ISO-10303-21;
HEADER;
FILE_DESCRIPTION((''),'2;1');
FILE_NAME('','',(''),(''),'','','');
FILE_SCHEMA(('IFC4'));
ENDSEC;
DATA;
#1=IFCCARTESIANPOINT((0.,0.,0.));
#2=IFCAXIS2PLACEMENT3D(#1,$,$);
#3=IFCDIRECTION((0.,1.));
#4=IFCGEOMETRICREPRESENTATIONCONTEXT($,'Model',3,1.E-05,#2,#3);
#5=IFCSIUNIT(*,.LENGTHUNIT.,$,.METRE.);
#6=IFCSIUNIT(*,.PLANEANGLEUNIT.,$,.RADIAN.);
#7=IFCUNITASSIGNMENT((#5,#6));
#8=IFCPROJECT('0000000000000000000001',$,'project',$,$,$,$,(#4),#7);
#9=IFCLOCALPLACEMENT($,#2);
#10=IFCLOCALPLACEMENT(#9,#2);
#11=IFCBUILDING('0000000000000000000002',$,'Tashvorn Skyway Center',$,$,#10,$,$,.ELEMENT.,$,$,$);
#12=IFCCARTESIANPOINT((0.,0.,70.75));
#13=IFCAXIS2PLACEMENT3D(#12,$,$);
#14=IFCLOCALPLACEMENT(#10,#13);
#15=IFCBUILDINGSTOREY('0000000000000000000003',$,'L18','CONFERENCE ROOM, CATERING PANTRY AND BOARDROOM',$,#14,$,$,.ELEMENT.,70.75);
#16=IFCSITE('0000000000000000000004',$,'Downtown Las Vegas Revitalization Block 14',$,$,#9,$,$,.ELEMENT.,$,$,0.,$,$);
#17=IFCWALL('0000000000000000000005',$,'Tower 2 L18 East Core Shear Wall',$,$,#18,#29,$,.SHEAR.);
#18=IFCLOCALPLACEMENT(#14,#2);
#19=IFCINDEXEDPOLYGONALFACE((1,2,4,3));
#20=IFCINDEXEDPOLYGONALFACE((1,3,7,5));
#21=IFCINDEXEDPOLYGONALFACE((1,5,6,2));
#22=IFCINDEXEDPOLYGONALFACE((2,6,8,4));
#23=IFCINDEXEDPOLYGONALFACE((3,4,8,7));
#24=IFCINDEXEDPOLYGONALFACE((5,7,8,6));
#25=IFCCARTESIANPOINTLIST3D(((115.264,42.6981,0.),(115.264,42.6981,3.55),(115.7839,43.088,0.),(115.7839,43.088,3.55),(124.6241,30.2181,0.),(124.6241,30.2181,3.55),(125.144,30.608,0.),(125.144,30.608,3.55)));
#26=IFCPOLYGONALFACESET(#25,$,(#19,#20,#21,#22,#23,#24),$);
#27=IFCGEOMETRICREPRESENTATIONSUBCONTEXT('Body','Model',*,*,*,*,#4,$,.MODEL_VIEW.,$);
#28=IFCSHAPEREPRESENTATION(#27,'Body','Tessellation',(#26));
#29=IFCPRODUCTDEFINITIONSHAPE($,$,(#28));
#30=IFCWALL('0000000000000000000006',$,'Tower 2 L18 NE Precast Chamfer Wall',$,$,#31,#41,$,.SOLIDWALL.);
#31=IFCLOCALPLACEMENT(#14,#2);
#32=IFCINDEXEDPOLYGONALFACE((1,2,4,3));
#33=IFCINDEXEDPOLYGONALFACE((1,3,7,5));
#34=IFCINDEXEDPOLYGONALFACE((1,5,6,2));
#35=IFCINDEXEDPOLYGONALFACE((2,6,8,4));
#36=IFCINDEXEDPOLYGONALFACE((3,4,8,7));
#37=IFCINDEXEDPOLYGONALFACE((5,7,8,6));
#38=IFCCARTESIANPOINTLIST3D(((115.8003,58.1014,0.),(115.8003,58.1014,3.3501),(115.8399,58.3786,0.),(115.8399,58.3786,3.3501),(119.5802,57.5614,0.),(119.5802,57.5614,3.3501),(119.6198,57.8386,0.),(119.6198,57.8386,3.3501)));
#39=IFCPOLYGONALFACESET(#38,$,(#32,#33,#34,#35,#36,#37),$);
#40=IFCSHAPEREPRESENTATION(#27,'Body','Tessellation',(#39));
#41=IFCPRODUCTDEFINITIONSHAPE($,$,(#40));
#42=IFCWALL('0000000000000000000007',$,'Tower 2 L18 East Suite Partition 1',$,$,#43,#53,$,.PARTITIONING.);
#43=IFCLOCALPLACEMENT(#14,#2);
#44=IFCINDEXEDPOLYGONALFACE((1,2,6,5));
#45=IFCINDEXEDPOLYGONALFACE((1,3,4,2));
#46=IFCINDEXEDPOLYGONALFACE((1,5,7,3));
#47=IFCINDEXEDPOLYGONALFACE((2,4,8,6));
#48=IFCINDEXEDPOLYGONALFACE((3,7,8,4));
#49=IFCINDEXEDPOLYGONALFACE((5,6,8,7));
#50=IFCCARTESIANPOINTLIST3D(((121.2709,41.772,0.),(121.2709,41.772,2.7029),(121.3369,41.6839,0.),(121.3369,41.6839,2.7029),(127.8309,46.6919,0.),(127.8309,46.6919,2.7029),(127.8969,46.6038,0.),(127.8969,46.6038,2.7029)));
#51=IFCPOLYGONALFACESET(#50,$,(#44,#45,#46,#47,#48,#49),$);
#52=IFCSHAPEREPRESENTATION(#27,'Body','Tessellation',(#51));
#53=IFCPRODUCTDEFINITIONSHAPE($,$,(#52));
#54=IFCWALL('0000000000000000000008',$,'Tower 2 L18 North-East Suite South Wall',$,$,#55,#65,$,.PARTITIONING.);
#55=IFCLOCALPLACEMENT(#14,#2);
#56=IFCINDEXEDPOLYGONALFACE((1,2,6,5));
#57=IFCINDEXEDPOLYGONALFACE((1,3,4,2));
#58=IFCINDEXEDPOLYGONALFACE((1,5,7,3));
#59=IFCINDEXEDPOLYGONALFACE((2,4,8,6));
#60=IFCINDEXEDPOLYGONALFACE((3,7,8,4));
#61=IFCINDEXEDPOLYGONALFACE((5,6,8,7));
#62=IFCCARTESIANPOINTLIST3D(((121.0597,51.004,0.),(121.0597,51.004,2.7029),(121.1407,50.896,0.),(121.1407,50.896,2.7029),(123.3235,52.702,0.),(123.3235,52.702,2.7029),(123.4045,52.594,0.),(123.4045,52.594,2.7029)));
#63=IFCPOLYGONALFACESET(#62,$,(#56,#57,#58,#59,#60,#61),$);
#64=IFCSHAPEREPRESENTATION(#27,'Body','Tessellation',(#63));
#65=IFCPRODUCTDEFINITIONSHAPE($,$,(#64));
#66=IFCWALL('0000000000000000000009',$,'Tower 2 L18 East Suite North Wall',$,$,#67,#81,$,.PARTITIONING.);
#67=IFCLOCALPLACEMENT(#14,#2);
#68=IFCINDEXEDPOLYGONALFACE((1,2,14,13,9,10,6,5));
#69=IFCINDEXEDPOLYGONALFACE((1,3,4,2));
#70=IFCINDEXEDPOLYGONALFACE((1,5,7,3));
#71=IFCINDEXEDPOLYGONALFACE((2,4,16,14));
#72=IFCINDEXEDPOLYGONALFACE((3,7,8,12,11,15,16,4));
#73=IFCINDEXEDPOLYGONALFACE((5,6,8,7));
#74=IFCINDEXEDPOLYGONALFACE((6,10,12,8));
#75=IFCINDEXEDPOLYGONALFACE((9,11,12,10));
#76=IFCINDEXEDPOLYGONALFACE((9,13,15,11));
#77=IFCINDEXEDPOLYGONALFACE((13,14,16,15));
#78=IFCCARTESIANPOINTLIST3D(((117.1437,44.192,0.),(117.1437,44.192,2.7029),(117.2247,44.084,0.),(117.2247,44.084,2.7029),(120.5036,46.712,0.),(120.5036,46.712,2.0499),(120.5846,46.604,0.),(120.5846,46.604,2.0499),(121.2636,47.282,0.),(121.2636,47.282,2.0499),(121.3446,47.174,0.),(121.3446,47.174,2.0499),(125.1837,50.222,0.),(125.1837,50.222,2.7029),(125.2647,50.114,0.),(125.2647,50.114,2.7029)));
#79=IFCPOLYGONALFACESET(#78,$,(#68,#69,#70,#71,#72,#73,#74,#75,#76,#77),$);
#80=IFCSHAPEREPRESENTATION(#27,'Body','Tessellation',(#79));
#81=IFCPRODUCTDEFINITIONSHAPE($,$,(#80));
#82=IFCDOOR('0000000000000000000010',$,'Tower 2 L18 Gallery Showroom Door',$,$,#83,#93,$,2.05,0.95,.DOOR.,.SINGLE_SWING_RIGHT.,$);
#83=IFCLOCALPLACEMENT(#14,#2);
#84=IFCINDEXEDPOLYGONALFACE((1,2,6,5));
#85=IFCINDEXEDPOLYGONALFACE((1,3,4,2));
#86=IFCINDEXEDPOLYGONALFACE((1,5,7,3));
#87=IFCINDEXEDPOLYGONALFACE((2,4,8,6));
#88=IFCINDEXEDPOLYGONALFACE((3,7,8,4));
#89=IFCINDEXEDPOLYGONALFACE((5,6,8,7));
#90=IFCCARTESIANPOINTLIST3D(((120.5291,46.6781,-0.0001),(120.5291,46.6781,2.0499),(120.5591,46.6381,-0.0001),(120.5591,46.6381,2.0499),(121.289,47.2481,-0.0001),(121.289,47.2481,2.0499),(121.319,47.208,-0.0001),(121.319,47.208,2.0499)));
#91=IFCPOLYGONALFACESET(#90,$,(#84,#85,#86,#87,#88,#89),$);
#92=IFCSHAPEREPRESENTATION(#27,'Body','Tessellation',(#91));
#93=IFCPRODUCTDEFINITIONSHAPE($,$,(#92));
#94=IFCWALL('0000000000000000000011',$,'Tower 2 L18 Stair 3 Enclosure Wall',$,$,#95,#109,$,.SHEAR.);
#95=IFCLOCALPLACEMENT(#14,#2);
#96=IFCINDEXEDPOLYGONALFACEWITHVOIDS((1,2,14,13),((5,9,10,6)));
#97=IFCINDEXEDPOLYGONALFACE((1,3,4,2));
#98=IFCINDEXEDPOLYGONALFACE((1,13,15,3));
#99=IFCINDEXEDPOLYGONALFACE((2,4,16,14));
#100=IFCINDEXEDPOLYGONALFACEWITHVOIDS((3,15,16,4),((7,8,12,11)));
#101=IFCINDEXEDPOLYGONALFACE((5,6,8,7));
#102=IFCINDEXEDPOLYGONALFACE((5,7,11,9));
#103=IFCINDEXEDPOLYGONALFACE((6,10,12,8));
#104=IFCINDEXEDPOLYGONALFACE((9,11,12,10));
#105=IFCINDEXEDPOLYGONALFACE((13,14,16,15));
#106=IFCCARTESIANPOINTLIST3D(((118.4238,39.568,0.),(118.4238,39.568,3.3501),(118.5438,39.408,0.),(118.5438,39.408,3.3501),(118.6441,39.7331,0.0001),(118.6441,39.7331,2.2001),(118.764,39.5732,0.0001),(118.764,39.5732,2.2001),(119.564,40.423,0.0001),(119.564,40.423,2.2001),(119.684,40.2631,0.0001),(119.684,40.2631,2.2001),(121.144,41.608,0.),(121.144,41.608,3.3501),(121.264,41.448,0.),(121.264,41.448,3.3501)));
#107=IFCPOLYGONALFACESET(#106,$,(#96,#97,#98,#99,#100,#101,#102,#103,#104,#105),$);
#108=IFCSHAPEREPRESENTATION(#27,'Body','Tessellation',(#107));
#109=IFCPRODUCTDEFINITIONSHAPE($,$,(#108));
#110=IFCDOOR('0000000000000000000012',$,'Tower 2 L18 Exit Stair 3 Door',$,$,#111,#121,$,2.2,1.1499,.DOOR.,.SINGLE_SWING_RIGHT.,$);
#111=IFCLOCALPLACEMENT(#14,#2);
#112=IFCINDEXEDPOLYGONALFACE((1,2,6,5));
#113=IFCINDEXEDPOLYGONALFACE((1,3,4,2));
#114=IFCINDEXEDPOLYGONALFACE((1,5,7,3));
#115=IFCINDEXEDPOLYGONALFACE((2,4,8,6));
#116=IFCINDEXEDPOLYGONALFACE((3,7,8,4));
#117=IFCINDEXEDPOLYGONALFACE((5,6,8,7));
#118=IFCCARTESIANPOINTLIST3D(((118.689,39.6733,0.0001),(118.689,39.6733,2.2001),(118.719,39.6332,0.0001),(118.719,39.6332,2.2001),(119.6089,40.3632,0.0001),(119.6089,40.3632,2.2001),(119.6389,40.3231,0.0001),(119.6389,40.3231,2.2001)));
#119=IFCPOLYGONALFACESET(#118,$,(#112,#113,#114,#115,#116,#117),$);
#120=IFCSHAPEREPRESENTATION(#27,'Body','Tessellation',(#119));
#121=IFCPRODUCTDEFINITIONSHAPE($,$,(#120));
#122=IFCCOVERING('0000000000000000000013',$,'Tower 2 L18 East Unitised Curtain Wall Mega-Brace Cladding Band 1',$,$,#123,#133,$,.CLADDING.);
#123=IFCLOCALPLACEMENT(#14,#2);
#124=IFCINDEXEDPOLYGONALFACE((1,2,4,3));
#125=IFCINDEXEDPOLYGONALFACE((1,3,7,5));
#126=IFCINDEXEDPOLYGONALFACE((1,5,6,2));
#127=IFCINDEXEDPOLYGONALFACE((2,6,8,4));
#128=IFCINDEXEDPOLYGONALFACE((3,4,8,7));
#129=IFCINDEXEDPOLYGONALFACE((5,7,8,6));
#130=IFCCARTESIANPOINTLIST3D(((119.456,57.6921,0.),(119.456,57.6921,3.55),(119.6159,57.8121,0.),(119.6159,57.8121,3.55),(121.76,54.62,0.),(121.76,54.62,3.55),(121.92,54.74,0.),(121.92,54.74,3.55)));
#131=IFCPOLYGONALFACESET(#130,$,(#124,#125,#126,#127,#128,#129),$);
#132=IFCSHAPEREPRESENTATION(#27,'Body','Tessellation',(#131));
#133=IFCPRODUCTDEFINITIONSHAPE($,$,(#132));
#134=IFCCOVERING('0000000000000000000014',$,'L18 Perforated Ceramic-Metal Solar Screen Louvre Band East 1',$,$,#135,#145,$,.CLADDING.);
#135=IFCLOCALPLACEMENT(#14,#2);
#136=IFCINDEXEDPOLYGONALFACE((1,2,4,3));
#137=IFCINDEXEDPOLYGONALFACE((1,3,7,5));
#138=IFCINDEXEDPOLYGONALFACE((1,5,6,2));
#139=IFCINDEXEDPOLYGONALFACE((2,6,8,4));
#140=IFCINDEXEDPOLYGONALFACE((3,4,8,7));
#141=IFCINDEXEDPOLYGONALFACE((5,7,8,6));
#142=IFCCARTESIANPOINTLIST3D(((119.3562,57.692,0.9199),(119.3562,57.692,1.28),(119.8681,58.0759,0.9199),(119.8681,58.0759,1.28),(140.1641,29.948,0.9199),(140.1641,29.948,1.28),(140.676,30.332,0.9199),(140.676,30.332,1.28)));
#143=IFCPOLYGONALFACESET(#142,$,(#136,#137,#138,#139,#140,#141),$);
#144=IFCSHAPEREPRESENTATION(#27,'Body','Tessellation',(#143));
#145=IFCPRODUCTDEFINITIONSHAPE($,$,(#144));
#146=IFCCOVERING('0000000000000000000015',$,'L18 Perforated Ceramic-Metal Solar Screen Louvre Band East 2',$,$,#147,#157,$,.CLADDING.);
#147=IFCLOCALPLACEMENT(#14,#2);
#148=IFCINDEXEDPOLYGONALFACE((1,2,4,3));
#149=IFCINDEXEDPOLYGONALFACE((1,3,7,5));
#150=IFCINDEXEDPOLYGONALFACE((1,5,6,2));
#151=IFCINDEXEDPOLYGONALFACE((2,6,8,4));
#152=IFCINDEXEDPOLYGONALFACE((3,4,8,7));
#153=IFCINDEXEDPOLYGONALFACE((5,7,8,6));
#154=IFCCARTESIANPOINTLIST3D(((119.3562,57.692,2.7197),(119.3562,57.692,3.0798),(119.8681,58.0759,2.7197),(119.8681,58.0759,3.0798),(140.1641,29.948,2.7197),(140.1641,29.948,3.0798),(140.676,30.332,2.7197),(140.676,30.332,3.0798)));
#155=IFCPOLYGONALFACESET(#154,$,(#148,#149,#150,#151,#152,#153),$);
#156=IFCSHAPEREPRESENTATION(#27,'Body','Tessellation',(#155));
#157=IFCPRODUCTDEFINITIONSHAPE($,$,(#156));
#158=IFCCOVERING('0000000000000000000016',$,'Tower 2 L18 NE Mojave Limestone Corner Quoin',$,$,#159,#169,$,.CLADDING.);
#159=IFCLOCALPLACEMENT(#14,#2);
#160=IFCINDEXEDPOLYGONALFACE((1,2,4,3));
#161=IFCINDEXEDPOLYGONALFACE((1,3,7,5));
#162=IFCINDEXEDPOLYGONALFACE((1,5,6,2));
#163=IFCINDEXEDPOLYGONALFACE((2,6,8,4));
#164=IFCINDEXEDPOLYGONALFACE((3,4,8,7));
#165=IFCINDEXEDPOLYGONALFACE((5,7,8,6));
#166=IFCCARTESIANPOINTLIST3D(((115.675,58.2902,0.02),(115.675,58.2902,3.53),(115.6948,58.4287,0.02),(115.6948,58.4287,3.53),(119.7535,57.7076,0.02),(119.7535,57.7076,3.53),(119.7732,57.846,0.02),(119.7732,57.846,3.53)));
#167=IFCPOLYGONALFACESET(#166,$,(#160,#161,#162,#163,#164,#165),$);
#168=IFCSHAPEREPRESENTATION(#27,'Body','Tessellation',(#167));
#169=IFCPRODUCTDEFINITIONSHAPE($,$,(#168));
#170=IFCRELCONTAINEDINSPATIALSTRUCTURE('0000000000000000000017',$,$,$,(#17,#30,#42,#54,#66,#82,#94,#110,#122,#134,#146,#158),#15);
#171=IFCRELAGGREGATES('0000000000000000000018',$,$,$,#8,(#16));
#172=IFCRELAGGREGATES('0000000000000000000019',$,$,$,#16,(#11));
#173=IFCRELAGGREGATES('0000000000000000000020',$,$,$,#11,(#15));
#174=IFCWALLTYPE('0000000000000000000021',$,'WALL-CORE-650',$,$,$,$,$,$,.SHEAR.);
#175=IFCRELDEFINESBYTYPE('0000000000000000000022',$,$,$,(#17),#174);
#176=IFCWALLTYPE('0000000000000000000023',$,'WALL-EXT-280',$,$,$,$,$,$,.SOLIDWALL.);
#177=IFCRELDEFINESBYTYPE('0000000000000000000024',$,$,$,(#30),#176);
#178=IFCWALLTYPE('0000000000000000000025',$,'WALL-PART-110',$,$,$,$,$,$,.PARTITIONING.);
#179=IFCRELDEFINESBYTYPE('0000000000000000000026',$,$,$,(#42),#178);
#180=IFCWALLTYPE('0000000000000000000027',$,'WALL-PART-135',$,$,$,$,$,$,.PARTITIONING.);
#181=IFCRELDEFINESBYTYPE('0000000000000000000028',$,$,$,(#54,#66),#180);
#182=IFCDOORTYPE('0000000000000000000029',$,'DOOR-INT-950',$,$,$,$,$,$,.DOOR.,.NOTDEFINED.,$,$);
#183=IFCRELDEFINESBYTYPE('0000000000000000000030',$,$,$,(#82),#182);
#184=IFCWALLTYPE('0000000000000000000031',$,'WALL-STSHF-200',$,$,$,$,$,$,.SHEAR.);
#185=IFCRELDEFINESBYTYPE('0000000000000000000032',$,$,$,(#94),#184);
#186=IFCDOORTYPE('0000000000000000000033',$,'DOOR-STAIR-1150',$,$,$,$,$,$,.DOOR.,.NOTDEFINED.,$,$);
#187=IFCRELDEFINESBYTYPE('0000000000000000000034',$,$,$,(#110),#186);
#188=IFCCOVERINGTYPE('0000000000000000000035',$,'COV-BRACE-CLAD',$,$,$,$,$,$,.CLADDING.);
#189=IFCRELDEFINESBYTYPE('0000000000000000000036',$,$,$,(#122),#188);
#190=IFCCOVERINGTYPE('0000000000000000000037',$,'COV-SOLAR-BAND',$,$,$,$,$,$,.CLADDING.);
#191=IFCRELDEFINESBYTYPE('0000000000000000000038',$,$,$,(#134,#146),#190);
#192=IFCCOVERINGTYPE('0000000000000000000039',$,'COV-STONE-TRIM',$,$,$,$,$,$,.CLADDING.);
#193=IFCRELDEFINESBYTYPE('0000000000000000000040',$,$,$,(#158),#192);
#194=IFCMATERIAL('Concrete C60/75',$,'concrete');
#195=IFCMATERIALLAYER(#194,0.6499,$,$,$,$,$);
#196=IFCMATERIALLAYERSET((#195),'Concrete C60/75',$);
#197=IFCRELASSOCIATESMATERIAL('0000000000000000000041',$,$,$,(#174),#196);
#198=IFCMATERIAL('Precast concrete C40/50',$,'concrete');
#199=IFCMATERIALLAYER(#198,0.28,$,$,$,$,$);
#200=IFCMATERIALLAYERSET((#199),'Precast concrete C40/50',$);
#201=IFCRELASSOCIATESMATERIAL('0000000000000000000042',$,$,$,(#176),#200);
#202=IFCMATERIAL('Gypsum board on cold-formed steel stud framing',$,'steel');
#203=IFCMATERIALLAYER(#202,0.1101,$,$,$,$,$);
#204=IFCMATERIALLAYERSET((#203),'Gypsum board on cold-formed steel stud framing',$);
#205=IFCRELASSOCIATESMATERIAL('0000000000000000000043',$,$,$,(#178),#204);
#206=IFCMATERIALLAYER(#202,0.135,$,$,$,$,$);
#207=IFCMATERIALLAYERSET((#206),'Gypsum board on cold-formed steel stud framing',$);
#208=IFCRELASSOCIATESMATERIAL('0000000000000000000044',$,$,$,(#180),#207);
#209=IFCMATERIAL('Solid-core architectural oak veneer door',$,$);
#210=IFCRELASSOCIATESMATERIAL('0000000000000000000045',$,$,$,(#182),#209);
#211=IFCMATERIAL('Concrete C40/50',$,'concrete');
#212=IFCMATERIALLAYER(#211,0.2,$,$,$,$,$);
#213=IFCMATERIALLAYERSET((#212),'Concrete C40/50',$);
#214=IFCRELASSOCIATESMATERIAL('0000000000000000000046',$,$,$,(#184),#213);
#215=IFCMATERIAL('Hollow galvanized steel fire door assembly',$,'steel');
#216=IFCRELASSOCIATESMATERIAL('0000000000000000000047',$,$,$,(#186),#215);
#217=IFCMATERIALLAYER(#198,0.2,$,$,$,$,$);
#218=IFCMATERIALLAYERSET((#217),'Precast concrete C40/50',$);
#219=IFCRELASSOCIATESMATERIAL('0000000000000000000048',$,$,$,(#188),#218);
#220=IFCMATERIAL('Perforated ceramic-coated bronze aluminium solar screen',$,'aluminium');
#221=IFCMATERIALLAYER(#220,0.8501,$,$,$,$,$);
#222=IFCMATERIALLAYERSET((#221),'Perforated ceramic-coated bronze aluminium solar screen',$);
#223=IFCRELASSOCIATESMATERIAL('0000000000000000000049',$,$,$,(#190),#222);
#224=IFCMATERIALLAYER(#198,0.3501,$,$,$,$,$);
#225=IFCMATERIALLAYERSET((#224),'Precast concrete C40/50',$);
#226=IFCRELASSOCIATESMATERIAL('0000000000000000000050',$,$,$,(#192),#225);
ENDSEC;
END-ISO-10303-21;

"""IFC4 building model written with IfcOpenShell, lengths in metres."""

from ifc_helpers import new_model, si_unit, direction, frame, frame_2d, origin, origin_2d, place, context, subcontext, project, spatial, rectangle, extrude, material, layer, layer_set, type_object, element, fill, save


model = new_model("IFC4")

# Units and contexts
model_context = context("Model", 3, precision=1e-05, world=origin(), true_north=direction((0.0, 1.0)))
body_context = subcontext(model_context, "Body", "Model", "MODEL_VIEW")
ifc_project = project(units=[si_unit("LENGTHUNIT", "METRE"), si_unit("PLANEANGLEUNIT", "RADIAN")], contexts=[model_context])

# Site, building, storey
site_placement = place(None, origin())
site = spatial("IfcSite", under=ifc_project, at=site_placement, Name="Downtown Las Vegas Revitalization Block 14", CompositionType="ELEMENT", RefElevation=0.0)
building_placement = place(site_placement, origin())
building = spatial("IfcBuilding", under=site, at=building_placement, Name="Tashvorn Skyway Center", CompositionType="ELEMENT")
storey_placement = place(building_placement, frame((0.0, 0.0, 70.75)))
storey = spatial("IfcBuildingStorey", under=building, at=storey_placement, Name="L18", Description="CONFERENCE ROOM, CATERING PANTRY AND BOARDROOM", CompositionType="ELEMENT", Elevation=70.75)

# Walls
ifc_material_1 = material(Name="Concrete C60/75", Category="concrete")
ifc_layer_1 = layer(ifc_material_1, 0.6499)
ifc_layer_set_1 = layer_set([ifc_layer_1], Name="Concrete C60/75")
wall_type_1 = type_object("IfcWallType", Name="WALL-CORE-650", PredefinedType="SHEAR", material=ifc_layer_set_1)
wall_1_placement = place(storey_placement, frame((115.5239, 42.8931, 0.0), z_axis=(0.0, 0.0, 1.0), x_axis=(0.600005, -0.799996, 0.0)))
element("IfcWall", 1, at=wall_1_placement, inside=storey, type_object=wall_type_1, Name="Tower 2 L18 East Core Shear Wall", PredefinedType="SHEAR", context=body_context, shape_type="SweptSolid", body=[
    extrude(rectangle(XDim=15.6001, YDim=0.6499, at=frame_2d((7.8, 0.0))), origin(), (0.0, 0.0, 1.0), 3.55),
])
ifc_material_2 = material(Name="Precast concrete C40/50", Category="concrete")
ifc_layer_2 = layer(ifc_material_2, 0.28)
ifc_layer_set_2 = layer_set([ifc_layer_2], Name="Precast concrete C40/50")
wall_type_2 = type_object("IfcWallType", Name="WALL-EXT-280", PredefinedType="SOLIDWALL", material=ifc_layer_set_2)
wall_2_placement = place(storey_placement, frame((115.8201, 58.24, 0.0), z_axis=(0.0, 0.0, 1.0), x_axis=(0.989948, -0.14143, 0.0)))
element("IfcWall", 2, at=wall_2_placement, inside=storey, type_object=wall_type_2, Name="Tower 2 L18 NE Precast Chamfer Wall", PredefinedType="SOLIDWALL", context=body_context, shape_type="SweptSolid", body=[
    extrude(rectangle(XDim=3.8184, YDim=0.28, at=frame_2d((1.9092, 0.0))), origin(), (0.0, 0.0, 1.0), 3.3501),
])
ifc_material_3 = material(Name="Gypsum board on cold-formed steel stud framing", Category="steel")
ifc_layer_3 = layer(ifc_material_3, 0.1101)
ifc_layer_set_3 = layer_set([ifc_layer_3], Name="Gypsum board on cold-formed steel stud framing")
wall_type_3 = type_object("IfcWallType", Name="WALL-PART-110", PredefinedType="PARTITIONING", material=ifc_layer_set_3)
wall_3_placement = place(storey_placement, frame((127.864, 46.6479, 0.0), z_axis=(0.0, 0.0, 1.0), x_axis=(-0.800007, -0.59999, 0.0)))
element("IfcWall", 3, at=wall_3_placement, inside=storey, type_object=wall_type_3, Name="Tower 2 L18 East Suite Partition 1", PredefinedType="PARTITIONING", context=body_context, shape_type="SweptSolid", body=[
    extrude(rectangle(XDim=8.2, YDim=0.1101, at=frame_2d((4.1001, 0.0))), origin(), (0.0, 0.0, 1.0), 2.7029),
])
ifc_layer_4 = layer(ifc_material_3, 0.135)
ifc_layer_set_4 = layer_set([ifc_layer_4], Name="Gypsum board on cold-formed steel stud framing")
wall_type_4 = type_object("IfcWallType", Name="WALL-PART-135", PredefinedType="PARTITIONING", material=ifc_layer_set_4)
wall_4_placement = place(storey_placement, frame((121.1001, 50.95, 0.0), z_axis=(0.0, 0.0, 1.0), x_axis=(0.79999, 0.600014, 0.0)))
element("IfcWall", 4, at=wall_4_placement, inside=storey, type_object=wall_type_4, Name="Tower 2 L18 North-East Suite South Wall", PredefinedType="PARTITIONING", context=body_context, shape_type="SweptSolid", body=[
    extrude(rectangle(XDim=2.8298, YDim=0.135, at=frame_2d((1.415, 0.0))), origin(), (0.0, 0.0, 1.0), 2.7029),
])

# Walls, openings, doors
wall_5_placement = place(storey_placement, frame((125.2241, 50.168, 0.0), z_axis=(0.0, 0.0, 1.0), x_axis=(-0.8, -0.6, 0.0)))
wall_5 = element("IfcWall", 5, at=wall_5_placement, inside=storey, type_object=wall_type_4, Name="Tower 2 L18 East Suite North Wall", PredefinedType="PARTITIONING", context=body_context, shape_type="SweptSolid", body=[
    extrude(rectangle(XDim=10.05, YDim=0.135, at=frame_2d((5.0249, 0.0))), origin(), (0.0, 0.0, 1.0), 2.7029),
])
opening_1_placement = place(wall_5_placement, frame((4.8999, 0.0, 0.0)))
opening_1 = element("IfcOpeningElement", 6, at=opening_1_placement, cuts=wall_5, PredefinedType="OPENING", context=body_context, shape_type="SweptSolid", body=[
    extrude(rectangle(XDim=0.95, YDim=2.05, at=frame_2d((0.4751, 1.0249))), frame((0.0, 0.0774, 0.0), z_axis=(0.0, -1.0, 0.0), x_axis=(1.0, 0.0, 0.0)), (0.0, 0.0, 1.0), 0.155),
])
ifc_material_4 = material(Name="Solid-core architectural oak veneer door")
door_type_1 = type_object("IfcDoorType", Name="DOOR-INT-950", OperationType="NOTDEFINED", PredefinedType="DOOR", material=ifc_material_4)
door_1_placement = place(opening_1_placement, origin())
door_1 = element("IfcDoor", 7, at=door_1_placement, inside=storey, type_object=door_type_1, Name="Tower 2 L18 Gallery Showroom Door", OperationType="SINGLE_SWING_RIGHT", OverallHeight=2.05, OverallWidth=0.95, PredefinedType="DOOR", context=body_context, shape_type="SweptSolid", body=[
    extrude(rectangle(XDim=0.95, YDim=2.05, at=frame_2d((0.4751, 1.0249))), frame((0.0, 0.0249, 0.0), z_axis=(0.0, -1.0, 0.0), x_axis=(1.0, 0.0, 0.0)), (0.0, 0.0, 1.0), 0.05),
])
fill(opening_1, door_1)
ifc_material_5 = material(Name="Concrete C40/50", Category="concrete")
ifc_layer_5 = layer(ifc_material_5, 0.2)
ifc_layer_set_5 = layer_set([ifc_layer_5], Name="Concrete C40/50")
wall_type_5 = type_object("IfcWallType", Name="WALL-STSHF-200", PredefinedType="SHEAR", material=ifc_layer_set_5)
wall_6_placement = place(storey_placement, frame((121.2041, 41.5281, 0.0), z_axis=(0.0, 0.0, 1.0), x_axis=(-0.800017, -0.599977, 0.0)))
wall_6 = element("IfcWall", 8, at=wall_6_placement, inside=storey, type_object=wall_type_5, Name="Tower 2 L18 Stair 3 Enclosure Wall", PredefinedType="SHEAR", context=body_context, shape_type="SweptSolid", body=[
    extrude(rectangle(XDim=3.4001, YDim=0.2, at=frame_2d((1.7002, 0.0))), origin(), (0.0, 0.0, 1.0), 3.3501),
])
opening_2_placement = place(wall_6_placement, frame((1.9751, 0.0, 0.0)))
opening_2 = element("IfcOpeningElement", 9, at=opening_2_placement, cuts=wall_6, PredefinedType="OPENING", context=body_context, shape_type="SweptSolid", body=[
    extrude(rectangle(XDim=1.1499, YDim=2.2, at=frame_2d((0.575, 1.1001))), frame((0.0, 0.1099, 0.0), z_axis=(0.0, -1.0, 0.0), x_axis=(1.0, 0.0, 0.0)), (0.0, 0.0, 1.0), 0.22),
])
ifc_material_6 = material(Name="Hollow galvanized steel fire door assembly", Category="steel")
door_type_2 = type_object("IfcDoorType", Name="DOOR-STAIR-1150", OperationType="NOTDEFINED", PredefinedType="DOOR", material=ifc_material_6)
door_2_placement = place(opening_2_placement, origin())
door_2 = element("IfcDoor", 10, at=door_2_placement, inside=storey, type_object=door_type_2, Name="Tower 2 L18 Exit Stair 3 Door", OperationType="SINGLE_SWING_RIGHT", OverallHeight=2.2, OverallWidth=1.1499, PredefinedType="DOOR", context=body_context, shape_type="SweptSolid", body=[
    extrude(rectangle(XDim=1.1499, YDim=2.2, at=frame_2d((0.575, 1.1001))), frame((0.0, 0.0249, 0.0), z_axis=(0.0, -1.0, 0.0), x_axis=(1.0, 0.0, 0.0)), (0.0, 0.0, 1.0), 0.05),
])
fill(opening_2, door_2)

# Coverings
ifc_layer_6 = layer(ifc_material_2, 0.2)
ifc_layer_set_6 = layer_set([ifc_layer_6], Name="Precast concrete C40/50")
covering_type_1 = type_object("IfcCoveringType", Name="COV-BRACE-CLAD", PredefinedType="CLADDING", material=ifc_layer_set_6)
covering_1_placement = place(storey_placement, frame((120.688, 56.2161, 0.0), z_axis=(0.0, 0.0, 1.0), x_axis=(0.6, -0.8, 0.0)))
element("IfcCovering", 11, at=covering_1_placement, inside=storey, type_object=covering_type_1, Name="Tower 2 L18 East Unitised Curtain Wall Mega-Brace Cladding Band 1", PredefinedType="CLADDING", context=body_context, shape_type="SweptSolid", body=[
    extrude(rectangle(XDim=3.8401, YDim=0.2, at=origin_2d()), origin(), (0.0, 0.0, 1.0), 3.55),
])
ifc_material_7 = material(Name="Perforated ceramic-coated bronze aluminium solar screen", Category="aluminium")
ifc_layer_7 = layer(ifc_material_7, 0.8501)
ifc_layer_set_7 = layer_set([ifc_layer_7], Name="Perforated ceramic-coated bronze aluminium solar screen")
covering_type_2 = type_object("IfcCoveringType", Name="COV-SOLAR-BAND", PredefinedType="CLADDING", material=ifc_layer_set_7)
for number, where, z_axis, x_axis, name in (
    (12, (130.0161, 44.012, 0.9199), (0.0, 0.0, 1.0), (0.6, -0.8, 0.0), "L18 Perforated Ceramic-Metal Solar Screen Louvre Band East 1"),
    (13, (130.0161, 44.012, 2.7197), (0.0, 0.0, 1.0), (0.6, -0.8, 0.0), "L18 Perforated Ceramic-Metal Solar Screen Louvre Band East 2"),
):
    element("IfcCovering", number, at=place(storey_placement, frame(where, z_axis=z_axis, x_axis=x_axis)), inside=storey, type_object=covering_type_2, Name=name, PredefinedType="CLADDING", context=body_context, shape_type="SweptSolid", body=[
        extrude(rectangle(XDim=34.6799, YDim=0.6399, at=origin_2d()), origin(), (0.0, 0.0, 1.0), 0.3601),
    ])
ifc_layer_8 = layer(ifc_material_2, 0.3501)
ifc_layer_set_8 = layer_set([ifc_layer_8], Name="Precast concrete C40/50")
covering_type_3 = type_object("IfcCoveringType", Name="COV-STONE-TRIM", PredefinedType="CLADDING", material=ifc_layer_set_8)
covering_2_placement = place(storey_placement, frame((117.7241, 58.0681, 0.02), z_axis=(0.0, 0.0, 1.0), x_axis=(0.989949, -0.141421, 0.0)))
element("IfcCovering", 14, at=covering_2_placement, inside=storey, type_object=covering_type_3, Name="Tower 2 L18 NE Mojave Limestone Corner Quoin", PredefinedType="CLADDING", context=body_context, shape_type="SweptSolid", body=[
    extrude(rectangle(XDim=4.1199, YDim=0.1399, at=origin_2d()), origin(), (0.0, 0.0, 1.0), 3.51),
])

save(model, "model.ifc")
